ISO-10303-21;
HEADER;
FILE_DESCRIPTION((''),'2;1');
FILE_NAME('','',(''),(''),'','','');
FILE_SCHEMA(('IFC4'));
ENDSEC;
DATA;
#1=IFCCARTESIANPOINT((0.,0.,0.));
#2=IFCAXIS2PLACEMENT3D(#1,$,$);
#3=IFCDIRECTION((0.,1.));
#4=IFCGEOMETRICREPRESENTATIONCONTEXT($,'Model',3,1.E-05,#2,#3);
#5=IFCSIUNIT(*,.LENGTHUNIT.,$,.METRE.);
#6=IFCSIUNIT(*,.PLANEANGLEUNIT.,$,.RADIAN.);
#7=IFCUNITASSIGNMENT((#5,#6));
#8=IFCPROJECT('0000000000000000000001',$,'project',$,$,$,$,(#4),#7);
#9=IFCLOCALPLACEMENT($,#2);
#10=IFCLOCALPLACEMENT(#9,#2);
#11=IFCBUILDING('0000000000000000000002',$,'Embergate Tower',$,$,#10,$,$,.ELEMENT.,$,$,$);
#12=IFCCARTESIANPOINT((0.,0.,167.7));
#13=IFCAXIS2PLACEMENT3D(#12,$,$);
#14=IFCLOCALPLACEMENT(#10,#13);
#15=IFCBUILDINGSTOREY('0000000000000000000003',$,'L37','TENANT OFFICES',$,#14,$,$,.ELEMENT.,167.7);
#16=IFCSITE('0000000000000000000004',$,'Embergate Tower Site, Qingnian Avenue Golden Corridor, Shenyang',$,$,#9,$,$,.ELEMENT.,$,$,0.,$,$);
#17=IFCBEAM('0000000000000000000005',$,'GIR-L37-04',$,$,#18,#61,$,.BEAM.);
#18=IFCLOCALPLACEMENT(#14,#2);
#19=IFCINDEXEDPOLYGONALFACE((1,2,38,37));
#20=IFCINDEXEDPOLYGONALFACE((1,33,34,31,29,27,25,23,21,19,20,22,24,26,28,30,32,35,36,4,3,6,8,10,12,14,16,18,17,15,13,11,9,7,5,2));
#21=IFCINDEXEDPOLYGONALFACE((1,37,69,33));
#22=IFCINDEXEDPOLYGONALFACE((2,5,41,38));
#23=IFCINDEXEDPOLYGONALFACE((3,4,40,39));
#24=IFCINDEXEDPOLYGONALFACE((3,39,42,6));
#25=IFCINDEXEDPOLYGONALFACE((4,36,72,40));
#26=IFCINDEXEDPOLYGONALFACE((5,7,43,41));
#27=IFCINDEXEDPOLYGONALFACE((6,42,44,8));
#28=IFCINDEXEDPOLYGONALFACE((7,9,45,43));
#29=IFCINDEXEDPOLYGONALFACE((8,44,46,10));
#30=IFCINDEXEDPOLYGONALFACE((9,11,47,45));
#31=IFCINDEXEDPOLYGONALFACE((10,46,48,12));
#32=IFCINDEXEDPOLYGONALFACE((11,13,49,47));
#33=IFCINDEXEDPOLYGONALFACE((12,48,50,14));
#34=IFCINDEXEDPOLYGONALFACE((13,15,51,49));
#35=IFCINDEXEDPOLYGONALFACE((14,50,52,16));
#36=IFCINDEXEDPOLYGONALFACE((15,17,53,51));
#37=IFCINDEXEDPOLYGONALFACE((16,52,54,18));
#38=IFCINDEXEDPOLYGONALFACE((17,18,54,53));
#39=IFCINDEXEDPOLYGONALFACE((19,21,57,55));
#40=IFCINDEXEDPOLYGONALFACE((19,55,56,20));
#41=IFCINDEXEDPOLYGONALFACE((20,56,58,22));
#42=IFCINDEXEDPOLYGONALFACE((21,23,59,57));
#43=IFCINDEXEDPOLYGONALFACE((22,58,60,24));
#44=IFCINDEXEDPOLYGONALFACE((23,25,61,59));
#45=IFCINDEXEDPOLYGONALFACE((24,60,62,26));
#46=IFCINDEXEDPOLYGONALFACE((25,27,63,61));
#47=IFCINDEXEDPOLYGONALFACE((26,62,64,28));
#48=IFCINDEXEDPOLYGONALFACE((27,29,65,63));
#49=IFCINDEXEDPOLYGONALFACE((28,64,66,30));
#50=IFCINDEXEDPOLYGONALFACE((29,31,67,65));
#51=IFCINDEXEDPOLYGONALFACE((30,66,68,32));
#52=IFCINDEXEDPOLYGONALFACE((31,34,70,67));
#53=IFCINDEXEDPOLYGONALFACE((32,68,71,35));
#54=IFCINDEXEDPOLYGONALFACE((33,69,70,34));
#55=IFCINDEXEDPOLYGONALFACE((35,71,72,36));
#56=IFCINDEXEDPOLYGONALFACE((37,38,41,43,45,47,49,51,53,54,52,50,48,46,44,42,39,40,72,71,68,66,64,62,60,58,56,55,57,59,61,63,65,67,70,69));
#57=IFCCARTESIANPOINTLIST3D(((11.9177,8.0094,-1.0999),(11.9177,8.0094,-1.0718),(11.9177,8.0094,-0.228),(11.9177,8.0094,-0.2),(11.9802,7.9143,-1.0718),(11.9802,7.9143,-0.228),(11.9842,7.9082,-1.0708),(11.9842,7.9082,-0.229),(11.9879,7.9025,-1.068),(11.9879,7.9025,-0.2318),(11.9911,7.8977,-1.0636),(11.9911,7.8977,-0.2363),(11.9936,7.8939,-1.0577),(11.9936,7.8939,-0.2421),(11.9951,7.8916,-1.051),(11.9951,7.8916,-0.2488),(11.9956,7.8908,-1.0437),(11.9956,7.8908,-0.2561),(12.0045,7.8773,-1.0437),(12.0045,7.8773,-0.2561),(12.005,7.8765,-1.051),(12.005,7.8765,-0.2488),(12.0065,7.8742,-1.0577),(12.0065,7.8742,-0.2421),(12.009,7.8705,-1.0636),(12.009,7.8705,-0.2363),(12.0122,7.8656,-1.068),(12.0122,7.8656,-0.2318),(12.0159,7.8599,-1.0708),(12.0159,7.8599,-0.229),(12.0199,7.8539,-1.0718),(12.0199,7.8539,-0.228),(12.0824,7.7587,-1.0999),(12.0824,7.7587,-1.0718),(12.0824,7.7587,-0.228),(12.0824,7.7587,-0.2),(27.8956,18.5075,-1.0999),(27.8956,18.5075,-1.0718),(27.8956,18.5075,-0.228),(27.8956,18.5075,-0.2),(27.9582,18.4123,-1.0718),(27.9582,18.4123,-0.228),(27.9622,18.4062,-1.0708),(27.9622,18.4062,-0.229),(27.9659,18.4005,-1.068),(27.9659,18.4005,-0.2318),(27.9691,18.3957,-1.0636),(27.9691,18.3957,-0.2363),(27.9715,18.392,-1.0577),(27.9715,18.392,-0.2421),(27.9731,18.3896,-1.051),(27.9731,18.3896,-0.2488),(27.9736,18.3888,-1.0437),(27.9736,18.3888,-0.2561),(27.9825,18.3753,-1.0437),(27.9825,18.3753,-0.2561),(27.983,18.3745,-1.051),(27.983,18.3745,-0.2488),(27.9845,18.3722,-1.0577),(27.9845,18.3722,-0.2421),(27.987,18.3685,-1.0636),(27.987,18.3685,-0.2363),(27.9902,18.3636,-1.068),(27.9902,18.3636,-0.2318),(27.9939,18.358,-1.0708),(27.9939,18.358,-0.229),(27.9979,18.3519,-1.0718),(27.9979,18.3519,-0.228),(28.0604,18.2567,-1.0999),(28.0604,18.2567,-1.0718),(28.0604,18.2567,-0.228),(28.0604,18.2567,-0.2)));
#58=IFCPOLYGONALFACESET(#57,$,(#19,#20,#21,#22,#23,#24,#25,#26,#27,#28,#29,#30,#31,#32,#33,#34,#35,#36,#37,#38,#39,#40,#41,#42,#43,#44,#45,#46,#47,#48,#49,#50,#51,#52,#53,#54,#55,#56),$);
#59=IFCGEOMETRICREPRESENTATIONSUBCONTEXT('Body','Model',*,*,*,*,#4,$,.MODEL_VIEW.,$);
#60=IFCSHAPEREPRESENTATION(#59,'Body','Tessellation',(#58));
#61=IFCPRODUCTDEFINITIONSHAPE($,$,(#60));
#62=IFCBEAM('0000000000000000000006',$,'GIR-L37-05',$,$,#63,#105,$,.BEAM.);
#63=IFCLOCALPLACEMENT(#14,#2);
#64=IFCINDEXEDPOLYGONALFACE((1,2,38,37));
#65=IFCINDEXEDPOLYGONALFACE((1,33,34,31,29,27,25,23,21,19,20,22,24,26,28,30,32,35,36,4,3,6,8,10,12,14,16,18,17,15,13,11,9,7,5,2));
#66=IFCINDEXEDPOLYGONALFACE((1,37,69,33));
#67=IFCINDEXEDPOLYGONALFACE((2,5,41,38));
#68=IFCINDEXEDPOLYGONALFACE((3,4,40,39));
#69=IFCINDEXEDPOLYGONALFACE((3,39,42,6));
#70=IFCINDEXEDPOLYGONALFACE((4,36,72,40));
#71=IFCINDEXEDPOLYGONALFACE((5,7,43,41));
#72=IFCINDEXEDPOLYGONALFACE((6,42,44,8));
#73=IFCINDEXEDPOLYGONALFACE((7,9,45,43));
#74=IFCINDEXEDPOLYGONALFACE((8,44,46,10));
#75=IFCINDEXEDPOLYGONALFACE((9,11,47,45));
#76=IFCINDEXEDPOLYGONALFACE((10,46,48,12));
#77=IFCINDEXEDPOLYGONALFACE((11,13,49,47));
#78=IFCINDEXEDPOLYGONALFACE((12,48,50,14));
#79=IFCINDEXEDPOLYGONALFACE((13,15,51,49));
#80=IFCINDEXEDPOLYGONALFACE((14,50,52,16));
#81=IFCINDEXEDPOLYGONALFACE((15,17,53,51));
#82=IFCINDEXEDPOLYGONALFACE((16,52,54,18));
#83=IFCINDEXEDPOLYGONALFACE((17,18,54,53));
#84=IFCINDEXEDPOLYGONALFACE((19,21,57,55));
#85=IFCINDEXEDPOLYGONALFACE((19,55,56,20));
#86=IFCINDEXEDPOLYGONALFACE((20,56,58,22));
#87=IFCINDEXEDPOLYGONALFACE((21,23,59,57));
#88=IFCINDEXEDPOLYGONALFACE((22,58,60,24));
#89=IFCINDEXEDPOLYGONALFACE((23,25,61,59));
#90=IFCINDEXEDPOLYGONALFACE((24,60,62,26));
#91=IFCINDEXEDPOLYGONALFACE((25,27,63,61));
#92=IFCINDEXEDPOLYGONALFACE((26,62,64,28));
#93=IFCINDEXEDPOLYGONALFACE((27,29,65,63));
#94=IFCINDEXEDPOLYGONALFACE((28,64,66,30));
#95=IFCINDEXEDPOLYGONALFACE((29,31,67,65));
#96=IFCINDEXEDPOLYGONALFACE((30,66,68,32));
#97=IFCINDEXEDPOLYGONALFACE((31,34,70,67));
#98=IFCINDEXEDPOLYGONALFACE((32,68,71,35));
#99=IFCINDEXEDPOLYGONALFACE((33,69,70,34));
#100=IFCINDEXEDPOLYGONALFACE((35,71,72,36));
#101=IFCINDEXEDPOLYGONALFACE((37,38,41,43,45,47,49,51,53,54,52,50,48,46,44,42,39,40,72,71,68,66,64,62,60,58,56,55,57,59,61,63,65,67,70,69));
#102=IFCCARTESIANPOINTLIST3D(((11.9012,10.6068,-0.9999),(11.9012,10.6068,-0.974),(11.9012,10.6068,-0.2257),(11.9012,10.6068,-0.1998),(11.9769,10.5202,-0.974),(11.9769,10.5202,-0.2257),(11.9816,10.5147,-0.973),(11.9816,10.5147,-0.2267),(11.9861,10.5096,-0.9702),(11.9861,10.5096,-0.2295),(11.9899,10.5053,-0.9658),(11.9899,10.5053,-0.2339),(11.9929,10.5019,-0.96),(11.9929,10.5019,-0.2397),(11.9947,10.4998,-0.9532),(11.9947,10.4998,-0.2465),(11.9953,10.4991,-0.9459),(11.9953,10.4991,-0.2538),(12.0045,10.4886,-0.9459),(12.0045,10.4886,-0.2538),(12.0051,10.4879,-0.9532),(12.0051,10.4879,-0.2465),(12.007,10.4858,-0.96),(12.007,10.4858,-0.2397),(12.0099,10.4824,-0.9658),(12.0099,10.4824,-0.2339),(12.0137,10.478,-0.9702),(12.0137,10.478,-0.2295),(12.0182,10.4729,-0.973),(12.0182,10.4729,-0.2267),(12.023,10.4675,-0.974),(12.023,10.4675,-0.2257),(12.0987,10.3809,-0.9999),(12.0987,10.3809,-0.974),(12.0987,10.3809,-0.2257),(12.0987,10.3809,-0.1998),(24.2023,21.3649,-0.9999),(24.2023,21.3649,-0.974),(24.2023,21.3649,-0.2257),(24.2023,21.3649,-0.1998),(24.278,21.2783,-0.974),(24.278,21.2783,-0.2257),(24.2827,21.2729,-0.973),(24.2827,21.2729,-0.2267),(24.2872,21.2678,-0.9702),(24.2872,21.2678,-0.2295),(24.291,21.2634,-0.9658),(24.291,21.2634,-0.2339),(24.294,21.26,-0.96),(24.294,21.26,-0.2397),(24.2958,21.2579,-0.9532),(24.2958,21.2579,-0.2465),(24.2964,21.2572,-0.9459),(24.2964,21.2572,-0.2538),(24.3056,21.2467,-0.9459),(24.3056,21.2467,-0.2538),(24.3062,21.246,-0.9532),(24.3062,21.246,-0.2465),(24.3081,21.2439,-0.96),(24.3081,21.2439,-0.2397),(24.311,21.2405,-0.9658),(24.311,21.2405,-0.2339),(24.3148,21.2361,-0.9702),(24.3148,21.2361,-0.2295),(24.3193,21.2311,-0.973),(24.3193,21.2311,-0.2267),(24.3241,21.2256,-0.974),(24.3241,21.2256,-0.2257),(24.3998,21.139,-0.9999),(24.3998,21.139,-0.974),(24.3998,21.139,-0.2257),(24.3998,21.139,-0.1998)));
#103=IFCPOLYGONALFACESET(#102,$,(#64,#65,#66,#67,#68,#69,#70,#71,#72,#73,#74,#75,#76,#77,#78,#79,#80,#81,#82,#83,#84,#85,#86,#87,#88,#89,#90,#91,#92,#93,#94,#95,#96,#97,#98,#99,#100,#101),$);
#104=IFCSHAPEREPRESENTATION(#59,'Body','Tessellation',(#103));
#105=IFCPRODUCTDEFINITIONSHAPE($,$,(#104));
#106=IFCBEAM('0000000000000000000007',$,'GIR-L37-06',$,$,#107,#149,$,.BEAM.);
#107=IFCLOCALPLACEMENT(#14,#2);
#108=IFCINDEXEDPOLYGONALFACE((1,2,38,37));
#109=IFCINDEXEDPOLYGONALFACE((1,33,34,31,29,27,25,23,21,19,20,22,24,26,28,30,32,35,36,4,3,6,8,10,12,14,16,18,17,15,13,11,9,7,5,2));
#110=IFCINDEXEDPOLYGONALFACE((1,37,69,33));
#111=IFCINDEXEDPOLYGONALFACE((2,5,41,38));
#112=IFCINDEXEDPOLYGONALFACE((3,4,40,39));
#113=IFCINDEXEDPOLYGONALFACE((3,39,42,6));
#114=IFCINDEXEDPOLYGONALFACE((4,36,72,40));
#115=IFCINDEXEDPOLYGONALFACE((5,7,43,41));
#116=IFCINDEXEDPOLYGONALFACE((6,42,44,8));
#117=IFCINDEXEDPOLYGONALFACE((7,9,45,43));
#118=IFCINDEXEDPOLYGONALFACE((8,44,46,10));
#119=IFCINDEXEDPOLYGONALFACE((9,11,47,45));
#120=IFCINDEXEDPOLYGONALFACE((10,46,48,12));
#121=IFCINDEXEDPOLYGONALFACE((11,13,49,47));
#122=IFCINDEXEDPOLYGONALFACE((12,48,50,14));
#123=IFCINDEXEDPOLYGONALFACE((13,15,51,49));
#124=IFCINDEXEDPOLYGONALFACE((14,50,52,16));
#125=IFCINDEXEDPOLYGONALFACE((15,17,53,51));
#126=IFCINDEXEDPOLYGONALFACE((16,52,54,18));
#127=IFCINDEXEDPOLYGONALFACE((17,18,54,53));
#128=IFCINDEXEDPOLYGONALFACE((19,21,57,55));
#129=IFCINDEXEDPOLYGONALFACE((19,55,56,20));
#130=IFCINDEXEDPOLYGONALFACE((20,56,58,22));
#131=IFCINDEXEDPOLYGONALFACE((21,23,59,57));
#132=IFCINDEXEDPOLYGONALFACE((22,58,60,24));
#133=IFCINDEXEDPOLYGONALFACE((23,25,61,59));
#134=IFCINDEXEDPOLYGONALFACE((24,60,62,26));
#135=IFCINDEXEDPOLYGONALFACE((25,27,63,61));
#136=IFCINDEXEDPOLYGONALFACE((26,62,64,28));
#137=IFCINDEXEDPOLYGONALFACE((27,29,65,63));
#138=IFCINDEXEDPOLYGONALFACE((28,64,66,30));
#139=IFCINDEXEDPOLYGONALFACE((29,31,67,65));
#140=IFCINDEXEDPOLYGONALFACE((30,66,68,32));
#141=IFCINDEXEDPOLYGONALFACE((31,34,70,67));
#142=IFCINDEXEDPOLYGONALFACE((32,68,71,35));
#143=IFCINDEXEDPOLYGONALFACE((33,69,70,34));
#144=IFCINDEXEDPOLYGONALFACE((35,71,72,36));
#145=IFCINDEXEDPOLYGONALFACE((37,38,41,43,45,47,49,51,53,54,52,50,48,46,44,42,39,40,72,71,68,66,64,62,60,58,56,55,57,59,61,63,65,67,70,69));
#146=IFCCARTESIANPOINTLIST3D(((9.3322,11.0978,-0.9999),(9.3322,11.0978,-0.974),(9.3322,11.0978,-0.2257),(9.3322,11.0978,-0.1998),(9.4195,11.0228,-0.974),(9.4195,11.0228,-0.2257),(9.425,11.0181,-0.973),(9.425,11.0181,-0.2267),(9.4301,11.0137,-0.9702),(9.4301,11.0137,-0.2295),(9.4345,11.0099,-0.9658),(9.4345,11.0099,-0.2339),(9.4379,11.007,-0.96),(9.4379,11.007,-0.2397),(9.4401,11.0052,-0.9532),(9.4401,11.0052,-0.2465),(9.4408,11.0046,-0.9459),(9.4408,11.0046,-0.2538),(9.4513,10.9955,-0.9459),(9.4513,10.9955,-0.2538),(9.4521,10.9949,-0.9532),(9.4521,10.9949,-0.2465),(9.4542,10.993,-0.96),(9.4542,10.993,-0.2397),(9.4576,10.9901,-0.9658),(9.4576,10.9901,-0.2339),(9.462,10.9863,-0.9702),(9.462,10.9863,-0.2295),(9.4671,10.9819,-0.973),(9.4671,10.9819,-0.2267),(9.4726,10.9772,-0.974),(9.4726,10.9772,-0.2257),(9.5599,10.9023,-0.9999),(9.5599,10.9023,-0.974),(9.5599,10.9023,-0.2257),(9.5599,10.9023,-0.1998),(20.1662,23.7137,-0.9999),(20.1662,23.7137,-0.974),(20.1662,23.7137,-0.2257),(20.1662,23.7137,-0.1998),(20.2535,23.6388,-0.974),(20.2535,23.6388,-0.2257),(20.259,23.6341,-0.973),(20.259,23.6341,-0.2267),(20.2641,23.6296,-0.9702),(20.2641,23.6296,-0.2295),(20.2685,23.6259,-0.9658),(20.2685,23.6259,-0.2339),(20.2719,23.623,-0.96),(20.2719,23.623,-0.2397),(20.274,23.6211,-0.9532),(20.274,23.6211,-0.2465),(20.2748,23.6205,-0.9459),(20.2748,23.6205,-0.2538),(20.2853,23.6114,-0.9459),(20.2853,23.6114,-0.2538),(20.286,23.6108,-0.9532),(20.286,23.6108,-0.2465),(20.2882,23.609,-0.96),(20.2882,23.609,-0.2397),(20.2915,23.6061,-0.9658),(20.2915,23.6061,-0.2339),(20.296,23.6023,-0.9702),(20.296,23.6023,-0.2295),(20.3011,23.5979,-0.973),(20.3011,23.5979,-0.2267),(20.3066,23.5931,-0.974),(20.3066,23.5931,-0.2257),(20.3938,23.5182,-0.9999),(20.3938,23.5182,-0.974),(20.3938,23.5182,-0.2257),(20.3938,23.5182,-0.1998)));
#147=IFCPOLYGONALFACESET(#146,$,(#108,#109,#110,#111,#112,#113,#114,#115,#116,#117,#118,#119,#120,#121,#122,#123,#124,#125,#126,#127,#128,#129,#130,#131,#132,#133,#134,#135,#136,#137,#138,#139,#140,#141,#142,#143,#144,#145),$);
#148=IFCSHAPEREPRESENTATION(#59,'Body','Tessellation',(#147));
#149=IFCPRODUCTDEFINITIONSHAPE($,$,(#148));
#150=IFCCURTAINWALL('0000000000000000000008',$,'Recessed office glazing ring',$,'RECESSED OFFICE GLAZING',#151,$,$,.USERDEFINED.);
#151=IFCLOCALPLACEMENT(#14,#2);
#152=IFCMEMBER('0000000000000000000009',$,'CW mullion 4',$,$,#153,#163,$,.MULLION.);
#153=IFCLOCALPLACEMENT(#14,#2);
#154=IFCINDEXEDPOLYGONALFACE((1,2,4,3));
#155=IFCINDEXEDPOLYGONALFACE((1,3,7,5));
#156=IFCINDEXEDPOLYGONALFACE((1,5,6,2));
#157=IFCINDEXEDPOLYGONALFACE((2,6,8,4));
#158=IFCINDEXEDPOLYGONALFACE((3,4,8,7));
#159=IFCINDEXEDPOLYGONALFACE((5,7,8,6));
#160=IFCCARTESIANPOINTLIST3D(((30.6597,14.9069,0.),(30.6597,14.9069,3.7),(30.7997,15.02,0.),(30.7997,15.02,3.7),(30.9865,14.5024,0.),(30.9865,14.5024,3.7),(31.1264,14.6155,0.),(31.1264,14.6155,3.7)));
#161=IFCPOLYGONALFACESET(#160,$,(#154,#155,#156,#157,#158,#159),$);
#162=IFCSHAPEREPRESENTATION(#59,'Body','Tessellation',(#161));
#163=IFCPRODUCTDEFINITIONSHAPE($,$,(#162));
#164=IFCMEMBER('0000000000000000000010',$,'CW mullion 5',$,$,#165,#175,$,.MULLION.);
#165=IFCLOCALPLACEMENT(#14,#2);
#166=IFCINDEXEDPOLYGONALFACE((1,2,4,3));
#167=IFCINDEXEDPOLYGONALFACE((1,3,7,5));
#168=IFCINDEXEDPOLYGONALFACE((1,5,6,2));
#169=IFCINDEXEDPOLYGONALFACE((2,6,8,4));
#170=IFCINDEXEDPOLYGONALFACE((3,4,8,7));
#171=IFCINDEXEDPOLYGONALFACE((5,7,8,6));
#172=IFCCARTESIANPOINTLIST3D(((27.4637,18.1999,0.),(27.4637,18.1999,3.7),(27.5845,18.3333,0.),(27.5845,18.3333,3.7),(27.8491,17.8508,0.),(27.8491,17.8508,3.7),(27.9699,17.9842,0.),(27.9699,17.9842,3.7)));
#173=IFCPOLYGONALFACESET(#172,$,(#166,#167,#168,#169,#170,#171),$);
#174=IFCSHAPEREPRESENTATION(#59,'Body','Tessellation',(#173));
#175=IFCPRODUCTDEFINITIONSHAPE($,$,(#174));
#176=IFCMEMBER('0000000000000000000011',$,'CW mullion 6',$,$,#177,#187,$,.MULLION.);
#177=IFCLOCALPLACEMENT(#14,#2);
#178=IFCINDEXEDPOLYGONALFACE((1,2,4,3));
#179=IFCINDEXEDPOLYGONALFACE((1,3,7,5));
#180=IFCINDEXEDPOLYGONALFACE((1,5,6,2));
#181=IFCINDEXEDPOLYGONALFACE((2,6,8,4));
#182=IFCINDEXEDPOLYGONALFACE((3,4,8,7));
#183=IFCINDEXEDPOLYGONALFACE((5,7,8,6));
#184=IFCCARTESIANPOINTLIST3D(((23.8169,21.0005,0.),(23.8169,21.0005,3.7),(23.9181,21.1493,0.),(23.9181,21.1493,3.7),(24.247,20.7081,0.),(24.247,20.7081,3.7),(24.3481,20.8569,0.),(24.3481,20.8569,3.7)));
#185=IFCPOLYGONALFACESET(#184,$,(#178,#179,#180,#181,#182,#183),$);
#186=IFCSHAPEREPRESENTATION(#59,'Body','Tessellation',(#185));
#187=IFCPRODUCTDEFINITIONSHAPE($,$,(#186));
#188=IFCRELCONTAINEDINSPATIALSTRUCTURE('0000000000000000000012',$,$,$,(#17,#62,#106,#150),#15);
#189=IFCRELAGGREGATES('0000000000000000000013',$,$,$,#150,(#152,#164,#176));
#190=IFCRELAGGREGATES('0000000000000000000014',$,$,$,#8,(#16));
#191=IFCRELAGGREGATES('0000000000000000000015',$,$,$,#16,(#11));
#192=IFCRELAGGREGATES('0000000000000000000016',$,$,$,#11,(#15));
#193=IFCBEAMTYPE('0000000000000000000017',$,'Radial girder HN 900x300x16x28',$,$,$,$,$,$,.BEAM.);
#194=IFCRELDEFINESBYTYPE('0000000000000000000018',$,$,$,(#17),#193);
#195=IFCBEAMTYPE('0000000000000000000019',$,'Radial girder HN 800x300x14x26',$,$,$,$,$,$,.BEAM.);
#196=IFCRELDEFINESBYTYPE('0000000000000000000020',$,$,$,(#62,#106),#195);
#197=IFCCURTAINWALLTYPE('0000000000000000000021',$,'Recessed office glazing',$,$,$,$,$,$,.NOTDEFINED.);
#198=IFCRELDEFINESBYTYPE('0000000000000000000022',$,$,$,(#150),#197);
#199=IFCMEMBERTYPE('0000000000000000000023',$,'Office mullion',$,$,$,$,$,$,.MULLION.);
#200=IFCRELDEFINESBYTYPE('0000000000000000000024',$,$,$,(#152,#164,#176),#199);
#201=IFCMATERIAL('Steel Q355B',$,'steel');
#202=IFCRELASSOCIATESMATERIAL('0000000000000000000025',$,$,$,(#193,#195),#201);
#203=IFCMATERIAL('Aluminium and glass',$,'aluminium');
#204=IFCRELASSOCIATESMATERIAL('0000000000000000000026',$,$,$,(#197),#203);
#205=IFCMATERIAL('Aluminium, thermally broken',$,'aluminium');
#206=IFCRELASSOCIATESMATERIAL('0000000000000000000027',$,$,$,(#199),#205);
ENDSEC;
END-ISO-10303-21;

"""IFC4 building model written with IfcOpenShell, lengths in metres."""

from ifc_helpers import new_model, si_unit, direction, frame, origin, origin_2d, place, context, subcontext, project, spatial, rectangle, i_section, extrude, source, transform, mapped, material, material_profile, profile_set, type_object, element, aggregate, save


model = new_model("IFC4")

# Units and contexts
model_context = context("Model", 3, precision=1e-05, world=origin(), true_north=direction((0.0, 1.0)))
body_context = subcontext(model_context, "Body", "Model", "MODEL_VIEW")
ifc_project = project(units=[si_unit("LENGTHUNIT", "METRE"), si_unit("PLANEANGLEUNIT", "RADIAN")], contexts=[model_context])

# Site, building, storey
site_placement = place(None, origin())
site = spatial("IfcSite", under=ifc_project, at=site_placement, Name="Embergate Tower Site, Qingnian Avenue Golden Corridor, Shenyang", CompositionType="ELEMENT", RefElevation=0.0)
building_placement = place(site_placement, origin())
building = spatial("IfcBuilding", under=site, at=building_placement, Name="Embergate Tower", CompositionType="ELEMENT")
storey_placement = place(building_placement, frame((0.0, 0.0, 167.7)))
storey = spatial("IfcBuildingStorey", under=building, at=storey_placement, Name="L37", Description="TENANT OFFICES", CompositionType="ELEMENT", Elevation=167.7)

# Beams
ifc_material_1 = material(Name="Steel Q355B", Category="steel")
ifc_material_profile_1 = material_profile(ifc_material_1, i_section(OverallWidth=0.3, OverallDepth=0.8999, WebThickness=0.0161, FlangeThickness=0.0281, FilletRadius=0.0281, at=origin_2d()), Name="HN 900x300x16x28")
ifc_profile_set_1 = profile_set([ifc_material_profile_1], Name="Steel Q355 grade B")
beam_type_1 = type_object("IfcBeamType", Name="Radial girder HN 900x300x16x28", PredefinedType="BEAM", material=ifc_profile_set_1)
shared_shape_1 = source(origin(), body_context, "Body", "SweptSolid", [
    extrude(i_section(OverallWidth=0.3, OverallDepth=0.8999, WebThickness=0.0161, FlangeThickness=0.0281, FilletRadius=0.0281, at=origin_2d()), origin(), (0.0, 0.0, 1.0), 19.1182),
])
beam_1_placement = place(storey_placement, frame((27.978, 18.3821, -0.6499), z_axis=(-0.835749, -0.549112, 0.0), x_axis=(0.549112, -0.835749, 0.0)))
element("IfcBeam", 1, at=beam_1_placement, inside=storey, type_object=beam_type_1, Name="GIR-L37-04", PredefinedType="BEAM", context=body_context, shape_type="MappedRepresentation", body=[
    mapped(shared_shape_1, transform((0.0, 0.0, 0.0))),
])
ifc_material_profile_2 = material_profile(ifc_material_1, i_section(OverallWidth=0.3, OverallDepth=0.8, WebThickness=0.0139, FlangeThickness=0.0259, FilletRadius=0.0281, at=origin_2d()), Name="HN 800x300x14x26")
ifc_profile_set_2 = profile_set([ifc_material_profile_2], Name="Steel Q355 grade B")
beam_type_2 = type_object("IfcBeamType", Name="Radial girder HN 800x300x14x26", PredefinedType="BEAM", material=ifc_profile_set_2)
shared_shape_2 = source(origin(), body_context, "Body", "SweptSolid", [
    extrude(i_section(OverallWidth=0.3, OverallDepth=0.8, WebThickness=0.0139, FlangeThickness=0.0259, FilletRadius=0.0281, at=origin_2d()), origin(), (0.0, 0.0, 1.0), 16.3418),
])
beam_2_placement = place(storey_placement, frame((24.301, 21.252, -0.5999), z_axis=(-0.752739, -0.658319, 0.0), x_axis=(0.658319, -0.752739, 0.0)))
element("IfcBeam", 2, at=beam_2_placement, inside=storey, type_object=beam_type_2, Name="GIR-L37-05", PredefinedType="BEAM", context=body_context, shape_type="MappedRepresentation", body=[
    mapped(shared_shape_2, transform((0.0, 0.0, 0.0))),
])
shared_shape_3 = source(origin(), body_context, "Body", "SweptSolid", [
    extrude(i_section(OverallWidth=0.3, OverallDepth=0.8, WebThickness=0.0139, FlangeThickness=0.0259, FilletRadius=0.0281, at=origin_2d()), origin(), (0.0, 0.0, 1.0), 16.6294),
])
beam_3_placement = place(storey_placement, frame((20.28, 23.616, -0.5999), z_axis=(-0.651495, -0.758653, 0.0), x_axis=(0.758653, -0.651495, 0.0)))
element("IfcBeam", 3, at=beam_3_placement, inside=storey, type_object=beam_type_2, Name="GIR-L37-06", PredefinedType="BEAM", context=body_context, shape_type="MappedRepresentation", body=[
    mapped(shared_shape_3, transform((0.0, 0.0, 0.0))),
])

# Curtain wall, members
ifc_material_2 = material(Name="Aluminium and glass", Category="aluminium")
curtain_wall_type = type_object("IfcCurtainWallType", Name="Recessed office glazing", PredefinedType="NOTDEFINED", material=ifc_material_2)
curtain_wall_placement = place(storey_placement, origin())
curtain_wall = element("IfcCurtainWall", 4, at=curtain_wall_placement, inside=storey, type_object=curtain_wall_type, Name="Recessed office glazing ring", ObjectType="RECESSED OFFICE GLAZING", PredefinedType="USERDEFINED")
ifc_material_3 = material(Name="Aluminium, thermally broken", Category="aluminium")
ifc_material_profile_3 = material_profile(ifc_material_3, rectangle(XDim=0.1799, YDim=0.52, at=origin_2d()), Name="AL 520x180")
ifc_profile_set_3 = profile_set([ifc_material_profile_3], Name="Aluminium, thermally broken")
member_type_1 = type_object("IfcMemberType", Name="Office mullion", PredefinedType="MULLION", material=ifc_profile_set_3)
shared_shape_4 = source(origin(), body_context, "Body", "SweptSolid", [
    extrude(rectangle(XDim=0.1799, YDim=0.52, at=origin_2d()), origin(), (0.0, 0.0, 1.0), 3.7),
])
member_1_placement = place(storey_placement, frame((30.8931, 14.7612, 0.0), z_axis=(0.0, 0.0, 1.0), x_axis=(-0.777873, -0.628422, 0.0)))
member_1 = element("IfcMember", 5, at=member_1_placement, type_object=member_type_1, Name="CW mullion 4", PredefinedType="MULLION", context=body_context, shape_type="MappedRepresentation", body=[
    mapped(shared_shape_4, transform((0.0, 0.0, 0.0))),
])
member_2_placement = place(storey_placement, frame((27.7168, 18.092, 0.0), z_axis=(0.0, 0.0, 1.0), x_axis=(-0.671227, -0.741252, 0.0)))
member_2 = element("IfcMember", 6, at=member_2_placement, type_object=member_type_1, Name="CW mullion 5", PredefinedType="MULLION", context=body_context, shape_type="MappedRepresentation", body=[
    mapped(shared_shape_4, transform((0.0, 0.0, 0.0))),
])
member_3_placement = place(storey_placement, frame((24.0825, 20.9287, 0.0), z_axis=(0.0, 0.0, 1.0), x_axis=(-0.562216, -0.82699, 0.0)))
member_3 = element("IfcMember", 7, at=member_3_placement, type_object=member_type_1, Name="CW mullion 6", PredefinedType="MULLION", context=body_context, shape_type="MappedRepresentation", body=[
    mapped(shared_shape_4, transform((0.0, 0.0, 0.0))),
])
aggregate(curtain_wall, [member_1, member_2, member_3])

save(model, "model.ifc")
